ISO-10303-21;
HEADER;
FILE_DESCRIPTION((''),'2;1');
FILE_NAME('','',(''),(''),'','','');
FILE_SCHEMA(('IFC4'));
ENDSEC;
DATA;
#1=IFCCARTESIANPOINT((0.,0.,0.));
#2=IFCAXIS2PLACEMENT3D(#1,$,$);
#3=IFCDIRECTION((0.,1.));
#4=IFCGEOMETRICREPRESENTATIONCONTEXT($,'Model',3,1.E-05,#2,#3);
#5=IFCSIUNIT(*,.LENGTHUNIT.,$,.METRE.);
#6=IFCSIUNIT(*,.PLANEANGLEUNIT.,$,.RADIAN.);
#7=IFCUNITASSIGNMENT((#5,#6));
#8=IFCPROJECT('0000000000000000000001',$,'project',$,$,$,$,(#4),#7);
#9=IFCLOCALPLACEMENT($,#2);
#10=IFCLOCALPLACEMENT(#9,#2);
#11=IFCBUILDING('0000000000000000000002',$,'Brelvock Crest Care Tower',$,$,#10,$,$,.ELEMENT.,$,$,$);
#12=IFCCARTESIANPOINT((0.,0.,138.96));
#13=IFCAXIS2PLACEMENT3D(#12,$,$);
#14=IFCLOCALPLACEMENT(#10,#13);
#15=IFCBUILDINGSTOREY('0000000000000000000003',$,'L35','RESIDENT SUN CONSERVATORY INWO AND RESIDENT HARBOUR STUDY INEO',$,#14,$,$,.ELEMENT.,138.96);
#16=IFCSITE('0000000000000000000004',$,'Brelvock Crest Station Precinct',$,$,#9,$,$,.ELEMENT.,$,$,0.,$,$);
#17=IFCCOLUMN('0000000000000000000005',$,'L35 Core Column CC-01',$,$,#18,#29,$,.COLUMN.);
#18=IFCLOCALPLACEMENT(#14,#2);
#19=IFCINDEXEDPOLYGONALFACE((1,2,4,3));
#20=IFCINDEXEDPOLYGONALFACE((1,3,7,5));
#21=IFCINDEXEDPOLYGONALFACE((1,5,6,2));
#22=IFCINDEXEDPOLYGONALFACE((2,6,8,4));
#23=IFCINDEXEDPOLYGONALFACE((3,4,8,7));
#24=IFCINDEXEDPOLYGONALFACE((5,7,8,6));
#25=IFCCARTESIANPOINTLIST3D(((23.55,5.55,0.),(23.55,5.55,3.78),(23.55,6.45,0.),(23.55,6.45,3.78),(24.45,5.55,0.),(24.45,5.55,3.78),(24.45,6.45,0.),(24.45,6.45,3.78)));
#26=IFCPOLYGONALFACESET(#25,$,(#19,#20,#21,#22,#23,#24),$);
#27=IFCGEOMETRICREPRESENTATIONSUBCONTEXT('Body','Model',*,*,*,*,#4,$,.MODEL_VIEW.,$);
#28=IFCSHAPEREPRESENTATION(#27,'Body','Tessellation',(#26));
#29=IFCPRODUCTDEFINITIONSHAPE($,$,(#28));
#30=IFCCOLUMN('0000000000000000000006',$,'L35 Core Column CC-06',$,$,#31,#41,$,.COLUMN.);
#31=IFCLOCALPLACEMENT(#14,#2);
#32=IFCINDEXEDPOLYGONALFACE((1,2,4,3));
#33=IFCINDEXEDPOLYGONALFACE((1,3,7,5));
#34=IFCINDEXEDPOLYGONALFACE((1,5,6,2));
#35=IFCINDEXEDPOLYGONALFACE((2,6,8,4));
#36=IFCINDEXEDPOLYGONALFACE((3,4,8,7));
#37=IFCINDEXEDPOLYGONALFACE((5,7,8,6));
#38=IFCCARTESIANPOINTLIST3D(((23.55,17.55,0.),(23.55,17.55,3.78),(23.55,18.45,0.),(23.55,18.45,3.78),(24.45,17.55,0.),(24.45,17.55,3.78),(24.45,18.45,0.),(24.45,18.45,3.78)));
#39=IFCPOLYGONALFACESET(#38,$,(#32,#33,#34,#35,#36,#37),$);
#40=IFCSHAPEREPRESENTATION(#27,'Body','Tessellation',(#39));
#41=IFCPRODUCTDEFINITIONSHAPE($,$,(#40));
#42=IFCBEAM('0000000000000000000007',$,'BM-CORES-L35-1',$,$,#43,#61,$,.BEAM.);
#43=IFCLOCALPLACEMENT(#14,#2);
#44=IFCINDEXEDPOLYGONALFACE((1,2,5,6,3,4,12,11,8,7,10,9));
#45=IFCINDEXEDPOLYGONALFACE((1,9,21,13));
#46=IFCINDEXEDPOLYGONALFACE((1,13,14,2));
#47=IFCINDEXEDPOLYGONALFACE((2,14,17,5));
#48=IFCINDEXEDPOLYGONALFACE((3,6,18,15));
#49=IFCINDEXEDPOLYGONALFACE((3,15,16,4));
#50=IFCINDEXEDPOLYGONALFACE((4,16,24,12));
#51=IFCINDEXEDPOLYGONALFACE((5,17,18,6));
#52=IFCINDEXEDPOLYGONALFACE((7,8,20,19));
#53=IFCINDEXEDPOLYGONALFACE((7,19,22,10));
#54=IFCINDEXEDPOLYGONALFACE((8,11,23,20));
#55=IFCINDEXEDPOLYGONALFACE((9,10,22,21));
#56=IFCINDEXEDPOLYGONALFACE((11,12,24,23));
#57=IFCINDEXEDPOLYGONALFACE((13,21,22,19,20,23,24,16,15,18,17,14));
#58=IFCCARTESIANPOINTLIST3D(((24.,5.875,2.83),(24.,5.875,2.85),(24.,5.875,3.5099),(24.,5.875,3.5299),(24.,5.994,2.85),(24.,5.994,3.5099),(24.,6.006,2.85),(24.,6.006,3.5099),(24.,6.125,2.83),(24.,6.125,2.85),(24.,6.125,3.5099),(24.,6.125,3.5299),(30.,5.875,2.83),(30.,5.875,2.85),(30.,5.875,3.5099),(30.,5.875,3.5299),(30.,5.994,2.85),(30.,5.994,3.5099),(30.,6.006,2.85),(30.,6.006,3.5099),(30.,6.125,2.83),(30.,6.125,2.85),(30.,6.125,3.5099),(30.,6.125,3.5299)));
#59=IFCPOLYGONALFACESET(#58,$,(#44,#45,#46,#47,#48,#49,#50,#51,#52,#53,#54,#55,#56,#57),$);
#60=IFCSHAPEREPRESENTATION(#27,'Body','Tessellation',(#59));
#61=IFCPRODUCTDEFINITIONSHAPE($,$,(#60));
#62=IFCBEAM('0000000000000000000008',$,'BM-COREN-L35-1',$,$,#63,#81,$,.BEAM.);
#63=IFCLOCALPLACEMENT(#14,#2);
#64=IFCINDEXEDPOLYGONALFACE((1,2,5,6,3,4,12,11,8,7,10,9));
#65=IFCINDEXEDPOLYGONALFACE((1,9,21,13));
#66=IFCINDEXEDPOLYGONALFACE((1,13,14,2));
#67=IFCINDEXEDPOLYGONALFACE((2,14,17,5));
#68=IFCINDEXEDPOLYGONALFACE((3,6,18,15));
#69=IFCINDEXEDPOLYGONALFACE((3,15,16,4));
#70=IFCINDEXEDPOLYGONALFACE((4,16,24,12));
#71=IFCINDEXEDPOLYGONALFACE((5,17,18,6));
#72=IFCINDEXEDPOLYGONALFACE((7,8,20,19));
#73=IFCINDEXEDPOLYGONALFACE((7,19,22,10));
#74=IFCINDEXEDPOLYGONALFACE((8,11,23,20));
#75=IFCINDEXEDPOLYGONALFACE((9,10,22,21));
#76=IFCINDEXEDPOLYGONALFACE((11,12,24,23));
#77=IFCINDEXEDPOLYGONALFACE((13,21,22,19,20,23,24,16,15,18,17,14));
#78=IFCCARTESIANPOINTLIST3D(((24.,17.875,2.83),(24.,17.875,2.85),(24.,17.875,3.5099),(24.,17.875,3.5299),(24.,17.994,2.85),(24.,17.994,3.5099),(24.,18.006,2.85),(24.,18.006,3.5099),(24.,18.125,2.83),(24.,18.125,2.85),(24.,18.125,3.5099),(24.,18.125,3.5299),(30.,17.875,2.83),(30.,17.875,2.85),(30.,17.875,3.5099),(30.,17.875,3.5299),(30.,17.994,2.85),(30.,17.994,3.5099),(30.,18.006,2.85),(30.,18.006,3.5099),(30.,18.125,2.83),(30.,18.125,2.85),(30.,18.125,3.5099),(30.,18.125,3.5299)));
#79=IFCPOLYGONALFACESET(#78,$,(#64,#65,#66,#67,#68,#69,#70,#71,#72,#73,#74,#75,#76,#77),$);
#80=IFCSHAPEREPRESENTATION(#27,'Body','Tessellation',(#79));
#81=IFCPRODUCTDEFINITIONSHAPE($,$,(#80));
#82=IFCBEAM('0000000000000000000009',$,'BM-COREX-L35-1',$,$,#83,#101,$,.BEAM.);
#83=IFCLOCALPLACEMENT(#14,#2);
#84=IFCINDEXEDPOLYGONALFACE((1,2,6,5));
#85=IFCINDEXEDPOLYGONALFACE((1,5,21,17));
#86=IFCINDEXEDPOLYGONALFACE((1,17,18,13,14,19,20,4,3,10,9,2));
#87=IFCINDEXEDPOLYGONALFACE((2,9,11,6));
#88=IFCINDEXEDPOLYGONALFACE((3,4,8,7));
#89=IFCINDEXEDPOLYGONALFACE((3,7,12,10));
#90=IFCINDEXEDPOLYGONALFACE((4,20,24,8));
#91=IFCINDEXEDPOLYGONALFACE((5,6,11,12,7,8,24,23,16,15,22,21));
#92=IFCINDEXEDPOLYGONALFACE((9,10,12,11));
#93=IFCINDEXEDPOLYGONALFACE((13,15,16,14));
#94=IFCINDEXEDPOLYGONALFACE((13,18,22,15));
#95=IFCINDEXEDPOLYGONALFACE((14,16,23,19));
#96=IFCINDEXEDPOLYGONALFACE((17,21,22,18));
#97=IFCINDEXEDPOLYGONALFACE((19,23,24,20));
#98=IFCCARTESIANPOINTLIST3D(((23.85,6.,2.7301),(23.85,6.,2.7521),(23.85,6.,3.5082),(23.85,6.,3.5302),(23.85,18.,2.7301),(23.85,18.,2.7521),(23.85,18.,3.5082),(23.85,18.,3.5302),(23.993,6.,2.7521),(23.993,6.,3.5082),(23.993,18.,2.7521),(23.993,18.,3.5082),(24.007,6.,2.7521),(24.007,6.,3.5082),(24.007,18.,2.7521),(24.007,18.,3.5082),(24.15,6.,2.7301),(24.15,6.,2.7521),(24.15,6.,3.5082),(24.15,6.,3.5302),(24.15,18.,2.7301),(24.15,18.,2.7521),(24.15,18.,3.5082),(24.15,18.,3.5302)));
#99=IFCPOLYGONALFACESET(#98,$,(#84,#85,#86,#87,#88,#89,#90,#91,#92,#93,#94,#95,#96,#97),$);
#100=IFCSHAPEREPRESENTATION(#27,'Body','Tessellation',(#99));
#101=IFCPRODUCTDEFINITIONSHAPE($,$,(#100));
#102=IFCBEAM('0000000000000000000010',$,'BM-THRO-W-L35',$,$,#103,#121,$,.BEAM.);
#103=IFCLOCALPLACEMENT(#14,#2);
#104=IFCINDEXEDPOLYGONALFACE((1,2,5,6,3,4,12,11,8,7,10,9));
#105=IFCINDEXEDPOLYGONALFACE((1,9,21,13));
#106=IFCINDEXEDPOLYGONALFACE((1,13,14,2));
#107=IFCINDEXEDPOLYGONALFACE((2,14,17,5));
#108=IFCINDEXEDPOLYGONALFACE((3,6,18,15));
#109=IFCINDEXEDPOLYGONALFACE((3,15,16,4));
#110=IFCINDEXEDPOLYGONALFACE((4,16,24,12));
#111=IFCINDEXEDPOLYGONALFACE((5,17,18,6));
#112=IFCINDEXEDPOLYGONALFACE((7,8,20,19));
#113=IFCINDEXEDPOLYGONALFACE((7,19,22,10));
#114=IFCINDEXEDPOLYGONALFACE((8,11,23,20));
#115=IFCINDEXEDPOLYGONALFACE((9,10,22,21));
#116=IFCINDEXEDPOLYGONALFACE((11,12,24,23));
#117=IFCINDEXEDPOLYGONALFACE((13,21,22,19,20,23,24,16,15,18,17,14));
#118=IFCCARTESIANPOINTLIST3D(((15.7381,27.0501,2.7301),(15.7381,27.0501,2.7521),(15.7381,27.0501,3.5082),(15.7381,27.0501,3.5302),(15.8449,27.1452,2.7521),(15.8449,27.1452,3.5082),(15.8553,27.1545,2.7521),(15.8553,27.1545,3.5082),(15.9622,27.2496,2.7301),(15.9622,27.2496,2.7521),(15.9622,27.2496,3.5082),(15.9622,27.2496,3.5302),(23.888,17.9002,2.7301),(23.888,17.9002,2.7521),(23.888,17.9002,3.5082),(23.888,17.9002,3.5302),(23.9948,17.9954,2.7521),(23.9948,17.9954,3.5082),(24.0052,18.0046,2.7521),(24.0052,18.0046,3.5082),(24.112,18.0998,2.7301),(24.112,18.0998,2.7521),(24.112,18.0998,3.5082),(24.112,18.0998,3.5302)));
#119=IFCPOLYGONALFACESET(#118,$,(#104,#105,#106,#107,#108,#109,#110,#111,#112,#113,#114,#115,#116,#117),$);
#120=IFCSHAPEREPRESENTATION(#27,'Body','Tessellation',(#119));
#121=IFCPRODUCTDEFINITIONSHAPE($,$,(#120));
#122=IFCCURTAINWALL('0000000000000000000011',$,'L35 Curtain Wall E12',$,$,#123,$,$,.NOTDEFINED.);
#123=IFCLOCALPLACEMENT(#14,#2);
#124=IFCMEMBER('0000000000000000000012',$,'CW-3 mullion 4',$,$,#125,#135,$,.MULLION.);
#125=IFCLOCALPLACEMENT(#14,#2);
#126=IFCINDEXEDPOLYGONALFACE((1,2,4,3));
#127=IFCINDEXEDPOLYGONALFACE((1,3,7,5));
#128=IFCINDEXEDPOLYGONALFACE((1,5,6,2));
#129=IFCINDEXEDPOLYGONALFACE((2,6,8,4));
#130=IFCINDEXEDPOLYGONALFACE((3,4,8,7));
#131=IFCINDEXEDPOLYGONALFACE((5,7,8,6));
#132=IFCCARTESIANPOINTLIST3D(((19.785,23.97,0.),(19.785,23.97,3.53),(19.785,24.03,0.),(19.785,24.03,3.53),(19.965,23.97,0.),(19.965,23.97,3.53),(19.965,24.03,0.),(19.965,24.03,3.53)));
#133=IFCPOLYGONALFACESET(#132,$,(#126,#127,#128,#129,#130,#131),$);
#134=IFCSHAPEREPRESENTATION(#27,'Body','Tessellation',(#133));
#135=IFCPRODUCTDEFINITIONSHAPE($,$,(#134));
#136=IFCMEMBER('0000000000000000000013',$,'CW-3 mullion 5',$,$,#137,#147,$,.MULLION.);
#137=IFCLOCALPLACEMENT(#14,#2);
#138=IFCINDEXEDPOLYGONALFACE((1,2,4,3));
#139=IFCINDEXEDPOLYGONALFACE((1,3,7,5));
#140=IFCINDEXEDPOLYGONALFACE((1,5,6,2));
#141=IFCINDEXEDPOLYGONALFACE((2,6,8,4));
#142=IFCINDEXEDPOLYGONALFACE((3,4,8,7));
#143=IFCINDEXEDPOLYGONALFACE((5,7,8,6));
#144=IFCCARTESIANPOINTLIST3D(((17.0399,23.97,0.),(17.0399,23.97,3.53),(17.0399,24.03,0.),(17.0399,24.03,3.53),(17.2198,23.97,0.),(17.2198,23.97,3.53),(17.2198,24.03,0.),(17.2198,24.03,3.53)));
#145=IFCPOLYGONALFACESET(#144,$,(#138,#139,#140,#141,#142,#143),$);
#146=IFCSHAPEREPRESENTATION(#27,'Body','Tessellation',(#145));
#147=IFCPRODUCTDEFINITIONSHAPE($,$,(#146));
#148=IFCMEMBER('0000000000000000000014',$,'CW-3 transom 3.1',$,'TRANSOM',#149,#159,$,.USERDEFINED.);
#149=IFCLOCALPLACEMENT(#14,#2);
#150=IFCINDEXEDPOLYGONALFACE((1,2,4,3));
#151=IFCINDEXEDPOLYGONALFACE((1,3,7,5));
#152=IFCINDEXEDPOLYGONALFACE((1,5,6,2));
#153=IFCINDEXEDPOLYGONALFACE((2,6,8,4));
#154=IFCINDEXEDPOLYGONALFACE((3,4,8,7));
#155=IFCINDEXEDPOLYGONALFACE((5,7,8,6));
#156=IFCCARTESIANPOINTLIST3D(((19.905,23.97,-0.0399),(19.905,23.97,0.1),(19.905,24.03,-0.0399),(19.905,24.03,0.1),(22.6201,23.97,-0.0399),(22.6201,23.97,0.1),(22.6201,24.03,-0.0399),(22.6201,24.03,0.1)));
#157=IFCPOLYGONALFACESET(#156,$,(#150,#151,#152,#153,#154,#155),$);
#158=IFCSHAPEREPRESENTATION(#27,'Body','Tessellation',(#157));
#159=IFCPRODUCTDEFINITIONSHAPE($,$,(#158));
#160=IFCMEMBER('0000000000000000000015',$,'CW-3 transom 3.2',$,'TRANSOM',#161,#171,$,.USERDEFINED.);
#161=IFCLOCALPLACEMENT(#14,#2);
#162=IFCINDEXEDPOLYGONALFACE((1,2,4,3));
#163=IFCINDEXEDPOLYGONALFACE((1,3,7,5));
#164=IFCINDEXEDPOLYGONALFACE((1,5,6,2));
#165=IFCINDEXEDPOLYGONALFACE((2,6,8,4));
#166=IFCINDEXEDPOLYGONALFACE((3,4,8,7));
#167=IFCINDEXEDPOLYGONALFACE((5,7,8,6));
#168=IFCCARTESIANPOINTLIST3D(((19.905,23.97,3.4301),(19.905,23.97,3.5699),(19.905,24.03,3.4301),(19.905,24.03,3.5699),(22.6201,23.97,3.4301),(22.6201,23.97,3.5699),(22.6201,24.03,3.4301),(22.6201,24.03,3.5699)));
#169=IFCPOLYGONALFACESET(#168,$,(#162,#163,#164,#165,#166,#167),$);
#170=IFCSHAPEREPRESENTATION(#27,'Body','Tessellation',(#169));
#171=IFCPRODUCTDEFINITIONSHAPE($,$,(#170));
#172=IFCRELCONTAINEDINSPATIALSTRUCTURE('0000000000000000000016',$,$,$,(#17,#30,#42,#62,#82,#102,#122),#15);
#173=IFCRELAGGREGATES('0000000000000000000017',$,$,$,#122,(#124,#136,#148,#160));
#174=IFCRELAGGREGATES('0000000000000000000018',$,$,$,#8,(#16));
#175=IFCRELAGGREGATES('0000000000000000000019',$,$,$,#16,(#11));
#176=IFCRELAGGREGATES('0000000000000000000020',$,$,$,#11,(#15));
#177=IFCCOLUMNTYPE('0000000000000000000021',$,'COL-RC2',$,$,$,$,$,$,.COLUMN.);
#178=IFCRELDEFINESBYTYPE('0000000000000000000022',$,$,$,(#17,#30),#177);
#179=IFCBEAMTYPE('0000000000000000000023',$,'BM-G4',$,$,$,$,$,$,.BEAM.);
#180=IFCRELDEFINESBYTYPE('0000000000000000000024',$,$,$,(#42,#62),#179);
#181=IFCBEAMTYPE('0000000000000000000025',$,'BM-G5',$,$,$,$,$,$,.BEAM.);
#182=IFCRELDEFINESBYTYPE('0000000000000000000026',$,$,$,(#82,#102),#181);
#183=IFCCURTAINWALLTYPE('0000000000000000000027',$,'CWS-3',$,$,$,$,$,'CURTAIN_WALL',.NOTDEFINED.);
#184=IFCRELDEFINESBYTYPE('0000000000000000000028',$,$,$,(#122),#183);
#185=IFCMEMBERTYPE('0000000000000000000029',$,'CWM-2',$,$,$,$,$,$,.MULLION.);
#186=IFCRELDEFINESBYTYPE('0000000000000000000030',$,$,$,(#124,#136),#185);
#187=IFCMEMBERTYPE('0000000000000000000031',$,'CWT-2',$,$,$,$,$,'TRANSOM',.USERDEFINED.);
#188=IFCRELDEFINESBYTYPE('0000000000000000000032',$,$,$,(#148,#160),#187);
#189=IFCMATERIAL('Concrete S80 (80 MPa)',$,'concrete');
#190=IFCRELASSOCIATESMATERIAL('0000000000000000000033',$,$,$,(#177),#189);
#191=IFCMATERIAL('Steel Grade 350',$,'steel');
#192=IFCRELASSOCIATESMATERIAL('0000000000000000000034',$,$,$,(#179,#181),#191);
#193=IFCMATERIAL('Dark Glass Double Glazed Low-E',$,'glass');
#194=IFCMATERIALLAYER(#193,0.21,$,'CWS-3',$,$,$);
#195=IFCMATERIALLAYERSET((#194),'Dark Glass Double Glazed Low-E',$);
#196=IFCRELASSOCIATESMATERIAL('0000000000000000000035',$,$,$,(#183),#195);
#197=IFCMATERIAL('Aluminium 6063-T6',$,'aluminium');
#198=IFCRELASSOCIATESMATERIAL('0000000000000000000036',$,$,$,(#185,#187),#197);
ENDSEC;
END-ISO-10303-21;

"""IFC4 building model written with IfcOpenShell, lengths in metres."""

from ifc_helpers import new_model, si_unit, direction, frame, origin, origin_2d, place, context, subcontext, project, spatial, rectangle, i_section, extrude, source, transform, mapped, material, layer, layer_set, material_profile, profile_set, type_object, element, aggregate, save


model = new_model("IFC4")

# Units and contexts
model_context = context("Model", 3, precision=1e-05, world=origin(), true_north=direction((0.0, 1.0)))
body_context = subcontext(model_context, "Body", "Model", "MODEL_VIEW")
ifc_project = project(units=[si_unit("LENGTHUNIT", "METRE"), si_unit("PLANEANGLEUNIT", "RADIAN")], contexts=[model_context])

# Site, building, storey
site_placement = place(None, origin())
site = spatial("IfcSite", under=ifc_project, at=site_placement, Name="Brelvock Crest Station Precinct", CompositionType="ELEMENT", RefElevation=0.0)
building_placement = place(site_placement, origin())
building = spatial("IfcBuilding", under=site, at=building_placement, Name="Brelvock Crest Care Tower", CompositionType="ELEMENT")
storey_placement = place(building_placement, frame((0.0, 0.0, 138.96)))
storey = spatial("IfcBuildingStorey", under=building, at=storey_placement, Name="L35", Description="RESIDENT SUN CONSERVATORY INWO AND RESIDENT HARBOUR STUDY INEO", CompositionType="ELEMENT", Elevation=138.96)

# Columns
ifc_material_1 = material(Name="Concrete S80 (80 MPa)", Category="concrete")
ifc_material_profile_1 = material_profile(ifc_material_1, rectangle(XDim=0.8999, YDim=0.8999, at=origin_2d()), Name="RC900x900")
ifc_profile_set_1 = profile_set([ifc_material_profile_1], Name="Concrete S80 (80 MPa)")
column_type = type_object("IfcColumnType", Name="COL-RC2", PredefinedType="COLUMN", material=ifc_profile_set_1)
shared_shape_1 = source(origin(), body_context, "Body", "SweptSolid", [
    extrude(rectangle(XDim=0.8999, YDim=0.8999, at=origin_2d()), origin(), (0.0, 0.0, 1.0), 3.78),
])
for number, where, z_axis, x_axis, name in (
    (1, (24.0, 6.0, 0.0), (0.0, 0.0, 1.0), (1.0, 0.0, 0.0), "L35 Core Column CC-01"),
    (2, (24.0, 18.0, 0.0), (0.0, 0.0, 1.0), (1.0, 0.0, 0.0), "L35 Core Column CC-06"),
):
    element("IfcColumn", number, at=place(storey_placement, frame(where, z_axis=z_axis, x_axis=x_axis)), inside=storey, type_object=column_type, Name=name, PredefinedType="COLUMN", context=body_context, shape_type="MappedRepresentation", body=[
        mapped(shared_shape_1, transform((0.0, 0.0, 0.0), x_axis=(1.0, 0.0, 0.0), y_axis=(0.0, 1.0, 0.0), z_axis=(0.0, 0.0, 1.0), scale=1.0)),
    ])

# Beams
ifc_material_2 = material(Name="Steel Grade 350", Category="steel")
ifc_material_profile_2 = material_profile(ifc_material_2, i_section(OverallWidth=0.25, OverallDepth=0.7, WebThickness=0.012, FlangeThickness=0.02, at=origin_2d()), Name="700WB150")
ifc_profile_set_2 = profile_set([ifc_material_profile_2], Name="Steel Grade 350")
beam_type_1 = type_object("IfcBeamType", Name="BM-G4", PredefinedType="BEAM", material=ifc_profile_set_2)
shared_shape_2 = source(origin(), body_context, "Body", "SweptSolid", [
    extrude(i_section(OverallWidth=0.25, OverallDepth=0.7, WebThickness=0.012, FlangeThickness=0.02, at=origin_2d()), origin(), (0.0, 0.0, 1.0), 6.0),
])
for number, where, z_axis, x_axis, name in (
    (3, (24.0, 6.0, 3.1799), (1.0, 0.0, 0.0), (0.0, 1.0, 0.0), "BM-CORES-L35-1"),
    (4, (24.0, 18.0, 3.1799), (1.0, 0.0, 0.0), (0.0, 1.0, 0.0), "BM-COREN-L35-1"),
):
    element("IfcBeam", number, at=place(storey_placement, frame(where, z_axis=z_axis, x_axis=x_axis)), inside=storey, type_object=beam_type_1, Name=name, PredefinedType="BEAM", context=body_context, shape_type="MappedRepresentation", body=[
        mapped(shared_shape_2, transform((0.0, 0.0, 0.0), x_axis=(1.0, 0.0, 0.0), y_axis=(0.0, 1.0, 0.0), z_axis=(0.0, 0.0, 1.0), scale=1.0)),
    ])
ifc_material_profile_3 = material_profile(ifc_material_2, i_section(OverallWidth=0.3, OverallDepth=0.8, WebThickness=0.0139, FlangeThickness=0.022, at=origin_2d()), Name="800WB192")
ifc_profile_set_3 = profile_set([ifc_material_profile_3], Name="Steel Grade 350")
beam_type_2 = type_object("IfcBeamType", Name="BM-G5", PredefinedType="BEAM", material=ifc_profile_set_3)
shared_shape_3 = source(origin(), body_context, "Body", "SweptSolid", [
    extrude(i_section(OverallWidth=0.3, OverallDepth=0.8, WebThickness=0.0139, FlangeThickness=0.022, at=origin_2d()), origin(), (0.0, 0.0, 1.0), 12.0),
])
beam_1_placement = place(storey_placement, frame((24.0, 6.0, 3.1301), z_axis=(0.0, 1.0, 0.0), x_axis=(-1.0, 0.0, 0.0)))
element("IfcBeam", 5, at=beam_1_placement, inside=storey, type_object=beam_type_2, Name="BM-COREX-L35-1", PredefinedType="BEAM", context=body_context, shape_type="MappedRepresentation", body=[
    mapped(shared_shape_3, transform((0.0, 0.0, 0.0), x_axis=(1.0, 0.0, 0.0), y_axis=(0.0, 1.0, 0.0), z_axis=(0.0, 0.0, 1.0), scale=1.0)),
])
shared_shape_4 = source(origin(), body_context, "Body", "SweptSolid", [
    extrude(i_section(OverallWidth=0.3, OverallDepth=0.8, WebThickness=0.0139, FlangeThickness=0.022, at=origin_2d()), origin(), (0.0, 0.0, 1.0), 12.2532),
])
beam_2_placement = place(storey_placement, frame((24.0, 18.0, 3.1301), z_axis=(-0.665123, 0.746734, 0.0), x_axis=(-0.746734, -0.665123, 0.0)))
element("IfcBeam", 6, at=beam_2_placement, inside=storey, type_object=beam_type_2, Name="BM-THRO-W-L35", PredefinedType="BEAM", context=body_context, shape_type="MappedRepresentation", body=[
    mapped(shared_shape_4, transform((0.0, 0.0, 0.0), x_axis=(1.0, 0.0, 0.0), y_axis=(0.0, 1.0, 0.0), z_axis=(0.0, 0.0, 1.0), scale=1.0)),
])

# Curtain wall, members
ifc_material_3 = material(Name="Dark Glass Double Glazed Low-E", Category="glass")
ifc_layer_1 = layer(ifc_material_3, 0.21, Name="CWS-3")
ifc_layer_set_1 = layer_set([ifc_layer_1], Name="Dark Glass Double Glazed Low-E")
curtain_wall_type = type_object("IfcCurtainWallType", Name="CWS-3", ElementType="CURTAIN_WALL", PredefinedType="NOTDEFINED", material=ifc_layer_set_1)
curtain_wall_placement = place(storey_placement, origin())
curtain_wall = element("IfcCurtainWall", 7, at=curtain_wall_placement, inside=storey, type_object=curtain_wall_type, Name="L35 Curtain Wall E12", PredefinedType="NOTDEFINED")
ifc_material_4 = material(Name="Aluminium 6063-T6", Category="aluminium")
ifc_material_profile_4 = material_profile(ifc_material_4, rectangle(XDim=0.0601, YDim=0.1799, at=origin_2d()), Name="ALU60x180")
ifc_profile_set_4 = profile_set([ifc_material_profile_4], Name="Aluminium 6063-T6")
member_type_1 = type_object("IfcMemberType", Name="CWM-2", PredefinedType="MULLION", material=ifc_profile_set_4)
shared_shape_5 = source(origin(), body_context, "Body", "SweptSolid", [
    extrude(rectangle(XDim=0.0601, YDim=0.1799, at=origin_2d()), origin(), (0.0, 0.0, 1.0), 3.53),
])
member_1_placement = place(storey_placement, frame((19.875, 24.0, 0.0), z_axis=(0.0, 0.0, 1.0), x_axis=(0.0, -1.0, 0.0)))
member_1 = element("IfcMember", 8, at=member_1_placement, type_object=member_type_1, Name="CW-3 mullion 4", PredefinedType="MULLION", context=body_context, shape_type="MappedRepresentation", body=[
    mapped(shared_shape_5, transform((0.0, 0.0, 0.0), x_axis=(1.0, 0.0, 0.0), y_axis=(0.0, 1.0, 0.0), z_axis=(0.0, 0.0, 1.0), scale=1.0)),
])
member_2_placement = place(storey_placement, frame((17.1299, 24.0, 0.0), z_axis=(0.0, 0.0, 1.0), x_axis=(0.0, -1.0, 0.0)))
member_2 = element("IfcMember", 9, at=member_2_placement, type_object=member_type_1, Name="CW-3 mullion 5", PredefinedType="MULLION", context=body_context, shape_type="MappedRepresentation", body=[
    mapped(shared_shape_5, transform((0.0, 0.0, 0.0), x_axis=(1.0, 0.0, 0.0), y_axis=(0.0, 1.0, 0.0), z_axis=(0.0, 0.0, 1.0), scale=1.0)),
])
ifc_material_profile_5 = material_profile(ifc_material_4, rectangle(XDim=0.0601, YDim=0.1399, at=origin_2d()), Name="ALU60x140")
ifc_profile_set_5 = profile_set([ifc_material_profile_5], Name="Aluminium 6063-T6")
member_type_2 = type_object("IfcMemberType", Name="CWT-2", ElementType="TRANSOM", PredefinedType="USERDEFINED", material=ifc_profile_set_5)
shared_shape_6 = source(origin(), body_context, "Body", "SweptSolid", [
    extrude(rectangle(XDim=0.0601, YDim=0.1399, at=origin_2d()), origin(), (0.0, 0.0, 1.0), 2.7151),
])
member_3_placement = place(storey_placement, frame((22.6201, 24.0, 0.03), z_axis=(-1.0, 0.0, 0.0), x_axis=(0.0, -1.0, 0.0)))
member_3 = element("IfcMember", 10, at=member_3_placement, type_object=member_type_2, Name="CW-3 transom 3.1", ObjectType="TRANSOM", PredefinedType="USERDEFINED", context=body_context, shape_type="MappedRepresentation", body=[
    mapped(shared_shape_6, transform((0.0, 0.0, 0.0), x_axis=(1.0, 0.0, 0.0), y_axis=(0.0, 1.0, 0.0), z_axis=(0.0, 0.0, 1.0), scale=1.0)),
])
member_4_placement = place(storey_placement, frame((22.6201, 24.0, 3.5), z_axis=(-1.0, 0.0, 0.0), x_axis=(0.0, -1.0, 0.0)))
member_4 = element("IfcMember", 11, at=member_4_placement, type_object=member_type_2, Name="CW-3 transom 3.2", ObjectType="TRANSOM", PredefinedType="USERDEFINED", context=body_context, shape_type="MappedRepresentation", body=[
    mapped(shared_shape_6, transform((0.0, 0.0, 0.0), x_axis=(1.0, 0.0, 0.0), y_axis=(0.0, 1.0, 0.0), z_axis=(0.0, 0.0, 1.0), scale=1.0)),
])

aggregate(curtain_wall, [member_1, member_2, member_3, member_4])

save(model, "model.ifc")
